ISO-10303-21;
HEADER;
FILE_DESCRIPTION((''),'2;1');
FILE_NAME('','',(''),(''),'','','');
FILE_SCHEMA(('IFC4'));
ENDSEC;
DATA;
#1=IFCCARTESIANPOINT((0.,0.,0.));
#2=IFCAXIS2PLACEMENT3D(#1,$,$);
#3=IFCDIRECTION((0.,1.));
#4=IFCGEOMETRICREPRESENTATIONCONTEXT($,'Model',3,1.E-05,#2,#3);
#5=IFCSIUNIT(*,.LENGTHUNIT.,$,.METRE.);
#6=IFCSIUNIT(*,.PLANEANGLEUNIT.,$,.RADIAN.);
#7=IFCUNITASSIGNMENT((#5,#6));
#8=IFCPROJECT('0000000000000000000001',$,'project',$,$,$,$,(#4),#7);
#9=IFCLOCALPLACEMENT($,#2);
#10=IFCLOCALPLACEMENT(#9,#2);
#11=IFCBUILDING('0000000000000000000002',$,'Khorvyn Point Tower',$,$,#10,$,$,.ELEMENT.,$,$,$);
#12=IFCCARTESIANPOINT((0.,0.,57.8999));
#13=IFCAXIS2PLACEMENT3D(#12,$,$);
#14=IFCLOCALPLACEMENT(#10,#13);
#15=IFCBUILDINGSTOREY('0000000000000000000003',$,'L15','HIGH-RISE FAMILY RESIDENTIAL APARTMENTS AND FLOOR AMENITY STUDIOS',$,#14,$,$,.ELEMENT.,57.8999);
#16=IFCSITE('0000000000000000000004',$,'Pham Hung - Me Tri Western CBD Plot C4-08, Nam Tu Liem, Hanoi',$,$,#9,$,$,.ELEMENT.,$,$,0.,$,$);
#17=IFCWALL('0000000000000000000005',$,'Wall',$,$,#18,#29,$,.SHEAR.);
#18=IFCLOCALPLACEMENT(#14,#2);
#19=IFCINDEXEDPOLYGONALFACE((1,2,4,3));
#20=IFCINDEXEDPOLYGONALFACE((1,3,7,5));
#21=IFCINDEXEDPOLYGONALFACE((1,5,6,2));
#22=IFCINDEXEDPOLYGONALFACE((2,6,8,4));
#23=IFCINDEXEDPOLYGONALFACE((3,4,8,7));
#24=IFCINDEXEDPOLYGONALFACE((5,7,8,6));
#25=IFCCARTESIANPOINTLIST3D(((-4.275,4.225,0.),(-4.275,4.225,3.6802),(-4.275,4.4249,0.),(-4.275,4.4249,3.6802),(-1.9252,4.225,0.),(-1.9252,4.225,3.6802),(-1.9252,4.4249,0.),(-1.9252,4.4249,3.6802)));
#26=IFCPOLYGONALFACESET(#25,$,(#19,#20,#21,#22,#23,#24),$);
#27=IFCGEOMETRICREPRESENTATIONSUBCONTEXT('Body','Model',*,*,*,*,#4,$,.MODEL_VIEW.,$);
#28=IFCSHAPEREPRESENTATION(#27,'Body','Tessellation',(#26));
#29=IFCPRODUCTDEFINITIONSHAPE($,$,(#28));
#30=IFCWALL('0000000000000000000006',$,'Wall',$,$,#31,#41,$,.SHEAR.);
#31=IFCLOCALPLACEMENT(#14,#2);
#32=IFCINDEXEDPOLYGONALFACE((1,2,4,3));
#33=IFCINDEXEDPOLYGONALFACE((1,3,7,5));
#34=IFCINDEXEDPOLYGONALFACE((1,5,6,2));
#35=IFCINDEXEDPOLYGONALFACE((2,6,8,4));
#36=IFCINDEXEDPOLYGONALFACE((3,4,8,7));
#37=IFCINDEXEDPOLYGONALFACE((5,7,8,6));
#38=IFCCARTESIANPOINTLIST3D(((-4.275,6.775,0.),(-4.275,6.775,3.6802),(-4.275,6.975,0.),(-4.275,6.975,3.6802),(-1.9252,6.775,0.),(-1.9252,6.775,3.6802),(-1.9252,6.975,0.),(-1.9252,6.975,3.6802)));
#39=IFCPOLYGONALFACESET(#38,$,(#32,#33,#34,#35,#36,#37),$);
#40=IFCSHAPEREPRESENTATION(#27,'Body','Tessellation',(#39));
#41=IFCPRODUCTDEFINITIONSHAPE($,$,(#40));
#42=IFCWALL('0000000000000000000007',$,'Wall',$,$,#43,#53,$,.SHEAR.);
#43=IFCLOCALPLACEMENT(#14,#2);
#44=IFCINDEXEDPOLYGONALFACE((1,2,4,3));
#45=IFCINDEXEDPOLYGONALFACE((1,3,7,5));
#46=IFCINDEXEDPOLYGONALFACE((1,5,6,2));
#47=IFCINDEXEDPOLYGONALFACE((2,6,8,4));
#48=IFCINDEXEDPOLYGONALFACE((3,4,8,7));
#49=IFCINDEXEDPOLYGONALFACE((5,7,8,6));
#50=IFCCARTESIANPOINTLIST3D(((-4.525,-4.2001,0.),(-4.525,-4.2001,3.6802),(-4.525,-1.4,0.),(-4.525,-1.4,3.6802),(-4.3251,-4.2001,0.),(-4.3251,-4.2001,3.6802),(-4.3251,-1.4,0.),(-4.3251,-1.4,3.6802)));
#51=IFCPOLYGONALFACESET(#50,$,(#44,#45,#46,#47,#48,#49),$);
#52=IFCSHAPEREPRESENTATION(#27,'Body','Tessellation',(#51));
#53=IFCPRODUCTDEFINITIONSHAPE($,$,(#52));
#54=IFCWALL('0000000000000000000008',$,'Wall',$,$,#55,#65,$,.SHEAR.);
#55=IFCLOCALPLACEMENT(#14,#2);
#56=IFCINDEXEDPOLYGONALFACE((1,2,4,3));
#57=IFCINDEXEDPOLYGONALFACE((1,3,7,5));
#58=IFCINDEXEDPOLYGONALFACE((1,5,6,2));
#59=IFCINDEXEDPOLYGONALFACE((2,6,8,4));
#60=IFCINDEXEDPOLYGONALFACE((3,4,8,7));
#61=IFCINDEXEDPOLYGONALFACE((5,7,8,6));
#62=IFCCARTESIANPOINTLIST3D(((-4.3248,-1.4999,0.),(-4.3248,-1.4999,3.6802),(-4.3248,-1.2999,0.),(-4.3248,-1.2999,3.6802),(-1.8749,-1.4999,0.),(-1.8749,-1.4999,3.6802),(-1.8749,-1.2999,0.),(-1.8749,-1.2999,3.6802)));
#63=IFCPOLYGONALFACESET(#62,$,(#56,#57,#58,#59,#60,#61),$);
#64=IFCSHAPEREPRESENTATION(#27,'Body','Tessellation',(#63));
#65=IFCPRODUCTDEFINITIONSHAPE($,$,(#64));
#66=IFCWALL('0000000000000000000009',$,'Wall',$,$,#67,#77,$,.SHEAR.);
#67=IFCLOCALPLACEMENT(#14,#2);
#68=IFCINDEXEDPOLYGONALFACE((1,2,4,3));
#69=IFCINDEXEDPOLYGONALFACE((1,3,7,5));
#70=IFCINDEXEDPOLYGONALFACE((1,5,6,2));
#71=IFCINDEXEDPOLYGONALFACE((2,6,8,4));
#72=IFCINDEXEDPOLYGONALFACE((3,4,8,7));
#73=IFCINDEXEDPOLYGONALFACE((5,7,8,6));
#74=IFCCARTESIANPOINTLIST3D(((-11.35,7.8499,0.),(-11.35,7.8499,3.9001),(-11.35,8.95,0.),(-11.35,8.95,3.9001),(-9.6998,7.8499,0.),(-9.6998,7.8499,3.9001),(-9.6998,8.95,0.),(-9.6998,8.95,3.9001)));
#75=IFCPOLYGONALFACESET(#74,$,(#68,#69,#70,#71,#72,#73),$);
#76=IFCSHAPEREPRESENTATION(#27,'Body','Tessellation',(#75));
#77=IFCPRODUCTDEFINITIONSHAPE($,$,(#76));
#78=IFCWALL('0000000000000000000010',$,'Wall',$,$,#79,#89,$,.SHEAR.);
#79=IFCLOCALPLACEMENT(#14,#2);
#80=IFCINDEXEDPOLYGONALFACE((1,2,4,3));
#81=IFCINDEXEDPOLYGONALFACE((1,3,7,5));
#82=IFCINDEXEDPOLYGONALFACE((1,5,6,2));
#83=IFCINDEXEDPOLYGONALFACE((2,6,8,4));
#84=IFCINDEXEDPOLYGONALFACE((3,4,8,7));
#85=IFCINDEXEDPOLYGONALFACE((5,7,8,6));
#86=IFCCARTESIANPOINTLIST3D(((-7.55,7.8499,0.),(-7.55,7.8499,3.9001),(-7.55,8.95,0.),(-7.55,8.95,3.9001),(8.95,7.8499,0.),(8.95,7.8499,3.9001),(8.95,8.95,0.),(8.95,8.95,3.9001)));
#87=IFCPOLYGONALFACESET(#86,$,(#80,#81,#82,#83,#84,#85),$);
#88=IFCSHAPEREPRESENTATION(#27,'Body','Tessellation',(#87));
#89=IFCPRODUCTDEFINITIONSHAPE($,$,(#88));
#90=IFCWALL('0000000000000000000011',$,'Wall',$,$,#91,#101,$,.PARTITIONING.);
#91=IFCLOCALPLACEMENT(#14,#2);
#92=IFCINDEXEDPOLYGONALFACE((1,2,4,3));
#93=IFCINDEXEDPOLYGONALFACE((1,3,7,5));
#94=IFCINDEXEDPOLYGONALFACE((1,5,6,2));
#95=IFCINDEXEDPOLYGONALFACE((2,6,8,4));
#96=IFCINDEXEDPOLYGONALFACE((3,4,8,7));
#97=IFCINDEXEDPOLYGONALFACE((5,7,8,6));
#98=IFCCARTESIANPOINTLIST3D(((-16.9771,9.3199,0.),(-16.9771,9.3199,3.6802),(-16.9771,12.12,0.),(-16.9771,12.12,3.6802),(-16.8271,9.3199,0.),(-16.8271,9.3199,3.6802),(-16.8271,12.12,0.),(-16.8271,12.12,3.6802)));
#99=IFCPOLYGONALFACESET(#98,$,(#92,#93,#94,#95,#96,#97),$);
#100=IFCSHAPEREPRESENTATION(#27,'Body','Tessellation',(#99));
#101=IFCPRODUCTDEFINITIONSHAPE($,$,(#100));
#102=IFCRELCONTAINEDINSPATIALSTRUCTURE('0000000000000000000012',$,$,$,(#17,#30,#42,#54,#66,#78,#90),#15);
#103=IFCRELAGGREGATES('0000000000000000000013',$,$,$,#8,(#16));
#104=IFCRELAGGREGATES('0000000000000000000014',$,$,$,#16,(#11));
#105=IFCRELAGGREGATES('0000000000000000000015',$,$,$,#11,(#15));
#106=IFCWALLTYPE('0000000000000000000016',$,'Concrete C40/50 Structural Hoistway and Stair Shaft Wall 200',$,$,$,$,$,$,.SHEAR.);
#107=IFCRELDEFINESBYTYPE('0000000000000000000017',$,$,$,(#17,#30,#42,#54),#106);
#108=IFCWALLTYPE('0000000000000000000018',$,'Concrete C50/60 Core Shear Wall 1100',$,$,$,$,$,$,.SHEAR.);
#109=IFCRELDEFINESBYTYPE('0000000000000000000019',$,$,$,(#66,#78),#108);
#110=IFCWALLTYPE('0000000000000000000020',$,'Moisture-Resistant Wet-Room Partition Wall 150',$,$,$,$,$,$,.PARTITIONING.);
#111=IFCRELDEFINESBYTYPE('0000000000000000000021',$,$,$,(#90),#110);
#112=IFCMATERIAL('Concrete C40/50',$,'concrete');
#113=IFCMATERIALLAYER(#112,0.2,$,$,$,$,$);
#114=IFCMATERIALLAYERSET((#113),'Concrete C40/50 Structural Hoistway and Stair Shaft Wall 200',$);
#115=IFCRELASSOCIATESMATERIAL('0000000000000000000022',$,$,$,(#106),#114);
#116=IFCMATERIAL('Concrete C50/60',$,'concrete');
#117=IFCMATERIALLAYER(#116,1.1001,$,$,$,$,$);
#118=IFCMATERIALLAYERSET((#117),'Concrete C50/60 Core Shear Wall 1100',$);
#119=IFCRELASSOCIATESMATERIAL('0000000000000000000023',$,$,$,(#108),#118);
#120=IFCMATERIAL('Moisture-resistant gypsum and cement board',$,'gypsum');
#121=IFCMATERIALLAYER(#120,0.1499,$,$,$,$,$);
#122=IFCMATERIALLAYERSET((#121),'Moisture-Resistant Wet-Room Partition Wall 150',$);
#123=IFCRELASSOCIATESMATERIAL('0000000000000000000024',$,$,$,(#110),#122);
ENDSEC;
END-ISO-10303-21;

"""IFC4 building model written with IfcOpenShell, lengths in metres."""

from ifc_helpers import new_model, si_unit, direction, frame, frame_2d, origin, place, context, subcontext, project, spatial, rectangle, extrude, material, layer, layer_set, type_object, element, save


model = new_model("IFC4")

# Units and contexts
model_context = context("Model", 3, precision=1e-05, world=origin(), true_north=direction((0.0, 1.0)))
body_context = subcontext(model_context, "Body", "Model", "MODEL_VIEW")
ifc_project = project(units=[si_unit("LENGTHUNIT", "METRE"), si_unit("PLANEANGLEUNIT", "RADIAN")], contexts=[model_context])

# Site, building, storey
site_placement = place(None, origin())
site = spatial("IfcSite", under=ifc_project, at=site_placement, Name="Pham Hung - Me Tri Western CBD Plot C4-08, Nam Tu Liem, Hanoi", CompositionType="ELEMENT", RefElevation=0.0)
building_placement = place(site_placement, origin())
building = spatial("IfcBuilding", under=site, at=building_placement, Name="Khorvyn Point Tower", CompositionType="ELEMENT")
storey_placement = place(building_placement, frame((0.0, 0.0, 57.8999)))
storey = spatial("IfcBuildingStorey", under=building, at=storey_placement, Name="L15", Description="HIGH-RISE FAMILY RESIDENTIAL APARTMENTS AND FLOOR AMENITY STUDIOS", CompositionType="ELEMENT", Elevation=57.8999)

# Shared definitions
ifc_material_1 = material(Name="Concrete C40/50", Category="concrete")
ifc_material_2 = material(Name="Concrete C50/60", Category="concrete")

# Shared definitions
ifc_layer_1 = layer(ifc_material_1, 0.2)
ifc_layer_set_1 = layer_set([ifc_layer_1], Name="Concrete C40/50 Structural Hoistway and Stair Shaft Wall 200")
wall_type_1 = type_object("IfcWallType", Name="Concrete C40/50 Structural Hoistway and Stair Shaft Wall 200", PredefinedType="SHEAR", material=ifc_layer_set_1)

# Walls
for number, where, z_axis, x_axis, name in (
    (1, (-4.2749, 4.325, 0.0), (0.0, 0.0, 1.0), (1.0, 0.0, 0.0), "Wall"),
    (2, (-4.2749, 6.875, 0.0), (0.0, 0.0, 1.0), (1.0, 0.0, 0.0), "Wall"),
):
    element("IfcWall", number, at=place(storey_placement, frame(where, z_axis=z_axis, x_axis=x_axis)), inside=storey, type_object=wall_type_1, Name=name, PredefinedType="SHEAR", context=body_context, shape_type="SweptSolid", body=[
        extrude(rectangle(XDim=2.3499, YDim=0.2, at=frame_2d((1.1748, 0.0))), origin(), (0.0, 0.0, 1.0), 3.6802),
    ])
wall_1_placement = place(storey_placement, frame((-4.425, -4.2, 0.0), z_axis=(0.0, 0.0, 1.0), x_axis=(0.0, 1.0, 0.0)))
element("IfcWall", 3, at=wall_1_placement, inside=storey, type_object=wall_type_1, Name="Wall", PredefinedType="SHEAR", context=body_context, shape_type="SweptSolid", body=[
    extrude(rectangle(XDim=2.8, YDim=0.2, at=frame_2d((1.3999, 0.0))), origin(), (0.0, 0.0, 1.0), 3.6802),
])
wall_2_placement = place(storey_placement, frame((-4.325, -1.3999, 0.0), z_axis=(0.0, 0.0, 1.0), x_axis=(1.0, 0.0, 0.0)))
element("IfcWall", 4, at=wall_2_placement, inside=storey, type_object=wall_type_1, Name="Wall", PredefinedType="SHEAR", context=body_context, shape_type="SweptSolid", body=[
    extrude(rectangle(XDim=2.45, YDim=0.2, at=frame_2d((1.2251, 0.0))), origin(), (0.0, 0.0, 1.0), 3.6802),
])
ifc_layer_2 = layer(ifc_material_2, 1.1001)
ifc_layer_set_2 = layer_set([ifc_layer_2], Name="Concrete C50/60 Core Shear Wall 1100")
wall_type_2 = type_object("IfcWallType", Name="Concrete C50/60 Core Shear Wall 1100", PredefinedType="SHEAR", material=ifc_layer_set_2)
wall_3_placement = place(storey_placement, frame((-11.3501, 8.3999, 0.0), z_axis=(0.0, 0.0, 1.0), x_axis=(1.0, 0.0, 0.0)))
element("IfcWall", 5, at=wall_3_placement, inside=storey, type_object=wall_type_2, Name="Wall", PredefinedType="SHEAR", context=body_context, shape_type="SweptSolid", body=[
    extrude(rectangle(XDim=1.6501, YDim=1.1001, at=frame_2d((0.8252, 0.0))), origin(), (0.0, 0.0, 1.0), 3.9001),
])
wall_4_placement = place(storey_placement, frame((-7.55, 8.3999, 0.0), z_axis=(0.0, 0.0, 1.0), x_axis=(1.0, 0.0, 0.0)))
element("IfcWall", 6, at=wall_4_placement, inside=storey, type_object=wall_type_2, Name="Wall", PredefinedType="SHEAR", context=body_context, shape_type="SweptSolid", body=[
    extrude(rectangle(XDim=16.5, YDim=1.1001, at=frame_2d((8.25, 0.0))), origin(), (0.0, 0.0, 1.0), 3.9001),
])
ifc_material_3 = material(Name="Moisture-resistant gypsum and cement board", Category="gypsum")
ifc_layer_3 = layer(ifc_material_3, 0.1499)
ifc_layer_set_3 = layer_set([ifc_layer_3], Name="Moisture-Resistant Wet-Room Partition Wall 150")
wall_type_3 = type_object("IfcWallType", Name="Moisture-Resistant Wet-Room Partition Wall 150", PredefinedType="PARTITIONING", material=ifc_layer_set_3)
wall_5_placement = place(storey_placement, frame((-16.9021, 9.3201, 0.0), z_axis=(0.0, 0.0, 1.0), x_axis=(0.0, 1.0, 0.0)))
element("IfcWall", 7, at=wall_5_placement, inside=storey, type_object=wall_type_3, Name="Wall", PredefinedType="PARTITIONING", context=body_context, shape_type="SweptSolid", body=[
    extrude(rectangle(XDim=2.8, YDim=0.1499, at=frame_2d((1.3999, 0.0))), origin(), (0.0, 0.0, 1.0), 3.6802),
])

save(model, "model.ifc")
